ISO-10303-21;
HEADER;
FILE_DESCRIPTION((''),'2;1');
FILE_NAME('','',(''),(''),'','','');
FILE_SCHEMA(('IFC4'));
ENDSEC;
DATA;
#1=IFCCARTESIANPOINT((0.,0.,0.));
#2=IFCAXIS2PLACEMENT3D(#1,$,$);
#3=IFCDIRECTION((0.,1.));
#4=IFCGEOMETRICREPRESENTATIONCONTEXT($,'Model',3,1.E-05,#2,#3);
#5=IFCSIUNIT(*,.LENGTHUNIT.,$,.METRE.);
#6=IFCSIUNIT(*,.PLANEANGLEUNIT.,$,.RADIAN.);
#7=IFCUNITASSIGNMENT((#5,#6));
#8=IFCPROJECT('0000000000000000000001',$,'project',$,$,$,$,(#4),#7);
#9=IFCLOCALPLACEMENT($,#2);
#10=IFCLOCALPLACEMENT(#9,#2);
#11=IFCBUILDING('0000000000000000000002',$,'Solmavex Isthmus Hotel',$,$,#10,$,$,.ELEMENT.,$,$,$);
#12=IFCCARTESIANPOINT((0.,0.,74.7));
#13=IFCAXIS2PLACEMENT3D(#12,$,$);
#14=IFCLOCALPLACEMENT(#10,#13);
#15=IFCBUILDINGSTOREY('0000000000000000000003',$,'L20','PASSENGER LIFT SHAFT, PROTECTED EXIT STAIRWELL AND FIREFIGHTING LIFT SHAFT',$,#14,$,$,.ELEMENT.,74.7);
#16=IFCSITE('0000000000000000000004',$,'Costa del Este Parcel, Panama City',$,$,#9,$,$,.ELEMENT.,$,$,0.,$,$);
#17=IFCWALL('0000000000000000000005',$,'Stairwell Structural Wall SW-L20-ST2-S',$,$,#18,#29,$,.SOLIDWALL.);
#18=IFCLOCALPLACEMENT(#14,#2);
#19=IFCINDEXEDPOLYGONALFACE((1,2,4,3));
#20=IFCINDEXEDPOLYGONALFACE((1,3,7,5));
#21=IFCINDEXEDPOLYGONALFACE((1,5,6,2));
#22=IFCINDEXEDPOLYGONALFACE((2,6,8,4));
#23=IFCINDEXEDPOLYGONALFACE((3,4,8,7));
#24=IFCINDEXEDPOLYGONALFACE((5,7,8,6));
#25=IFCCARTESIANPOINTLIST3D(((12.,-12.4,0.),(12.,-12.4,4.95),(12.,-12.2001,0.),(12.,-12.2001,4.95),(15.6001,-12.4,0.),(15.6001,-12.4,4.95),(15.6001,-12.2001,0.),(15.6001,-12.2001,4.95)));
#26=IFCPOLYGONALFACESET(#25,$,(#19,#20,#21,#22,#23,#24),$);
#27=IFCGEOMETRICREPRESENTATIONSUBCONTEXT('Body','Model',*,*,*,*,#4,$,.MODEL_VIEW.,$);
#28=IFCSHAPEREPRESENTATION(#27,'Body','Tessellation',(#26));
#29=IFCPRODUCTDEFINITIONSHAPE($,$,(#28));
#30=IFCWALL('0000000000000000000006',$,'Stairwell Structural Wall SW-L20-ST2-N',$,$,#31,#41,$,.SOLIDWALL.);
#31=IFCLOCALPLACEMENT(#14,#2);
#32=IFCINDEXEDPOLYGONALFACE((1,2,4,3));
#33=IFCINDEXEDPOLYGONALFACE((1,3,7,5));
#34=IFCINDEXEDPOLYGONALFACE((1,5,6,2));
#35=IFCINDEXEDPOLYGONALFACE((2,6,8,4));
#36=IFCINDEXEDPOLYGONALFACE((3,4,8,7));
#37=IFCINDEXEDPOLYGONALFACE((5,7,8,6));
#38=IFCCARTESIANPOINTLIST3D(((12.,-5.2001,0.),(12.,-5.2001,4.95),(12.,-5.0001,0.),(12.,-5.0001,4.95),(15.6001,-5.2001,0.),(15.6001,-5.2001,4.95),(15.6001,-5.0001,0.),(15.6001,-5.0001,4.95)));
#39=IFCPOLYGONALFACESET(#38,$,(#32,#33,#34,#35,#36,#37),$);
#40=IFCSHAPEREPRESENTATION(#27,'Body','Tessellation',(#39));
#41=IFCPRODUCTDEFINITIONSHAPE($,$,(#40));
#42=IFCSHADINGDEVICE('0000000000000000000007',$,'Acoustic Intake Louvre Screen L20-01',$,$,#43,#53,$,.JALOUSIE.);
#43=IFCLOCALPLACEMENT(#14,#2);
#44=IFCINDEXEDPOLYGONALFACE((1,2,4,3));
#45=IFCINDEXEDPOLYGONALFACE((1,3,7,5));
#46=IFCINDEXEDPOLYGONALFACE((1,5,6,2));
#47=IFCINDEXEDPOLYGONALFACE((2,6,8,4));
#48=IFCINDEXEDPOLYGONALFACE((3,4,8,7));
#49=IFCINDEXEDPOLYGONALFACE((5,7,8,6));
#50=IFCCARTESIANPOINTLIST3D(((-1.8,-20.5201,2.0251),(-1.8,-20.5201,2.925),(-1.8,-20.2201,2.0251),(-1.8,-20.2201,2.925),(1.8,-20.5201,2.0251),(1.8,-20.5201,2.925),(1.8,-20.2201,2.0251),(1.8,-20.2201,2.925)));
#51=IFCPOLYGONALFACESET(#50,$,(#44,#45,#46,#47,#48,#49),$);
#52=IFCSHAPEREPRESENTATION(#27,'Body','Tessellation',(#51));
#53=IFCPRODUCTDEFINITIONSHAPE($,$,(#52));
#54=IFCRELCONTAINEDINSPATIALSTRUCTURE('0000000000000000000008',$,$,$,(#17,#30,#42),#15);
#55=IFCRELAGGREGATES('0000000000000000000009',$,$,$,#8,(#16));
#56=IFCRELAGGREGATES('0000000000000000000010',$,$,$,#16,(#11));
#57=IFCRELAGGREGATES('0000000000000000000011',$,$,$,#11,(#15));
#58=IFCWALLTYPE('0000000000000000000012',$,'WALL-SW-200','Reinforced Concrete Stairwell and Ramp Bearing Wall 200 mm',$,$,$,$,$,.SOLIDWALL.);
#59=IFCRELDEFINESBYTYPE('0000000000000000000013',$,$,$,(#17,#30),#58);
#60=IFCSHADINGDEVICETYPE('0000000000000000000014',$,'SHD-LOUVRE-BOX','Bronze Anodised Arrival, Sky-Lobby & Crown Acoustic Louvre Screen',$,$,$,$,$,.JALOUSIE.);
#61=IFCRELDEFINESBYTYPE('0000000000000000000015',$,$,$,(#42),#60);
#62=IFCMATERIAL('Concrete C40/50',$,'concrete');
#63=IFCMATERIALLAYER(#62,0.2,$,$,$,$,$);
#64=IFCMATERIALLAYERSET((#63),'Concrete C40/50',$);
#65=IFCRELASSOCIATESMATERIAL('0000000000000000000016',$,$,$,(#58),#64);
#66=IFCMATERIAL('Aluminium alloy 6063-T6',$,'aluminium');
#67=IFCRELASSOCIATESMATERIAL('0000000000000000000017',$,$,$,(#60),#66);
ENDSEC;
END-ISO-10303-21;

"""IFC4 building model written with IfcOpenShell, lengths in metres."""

from ifc_helpers import new_model, si_unit, direction, frame, frame_2d, origin, origin_2d, place, context, subcontext, project, spatial, rectangle, extrude, material, layer, layer_set, type_object, element, save


model = new_model("IFC4")

# Units and contexts
model_context = context("Model", 3, precision=1e-05, world=origin(), true_north=direction((0.0, 1.0)))
body_context = subcontext(model_context, "Body", "Model", "MODEL_VIEW")
ifc_project = project(units=[si_unit("LENGTHUNIT", "METRE"), si_unit("PLANEANGLEUNIT", "RADIAN")], contexts=[model_context])

# Site, building, storey
site_placement = place(None, origin())
site = spatial("IfcSite", under=ifc_project, at=site_placement, Name="Costa del Este Parcel, Panama City", CompositionType="ELEMENT", RefElevation=0.0)
building_placement = place(site_placement, origin())
building = spatial("IfcBuilding", under=site, at=building_placement, Name="Solmavex Isthmus Hotel", CompositionType="ELEMENT")
storey_placement = place(building_placement, frame((0.0, 0.0, 74.7)))
storey = spatial("IfcBuildingStorey", under=building, at=storey_placement, Name="L20", Description="PASSENGER LIFT SHAFT, PROTECTED EXIT STAIRWELL AND FIREFIGHTING LIFT SHAFT", CompositionType="ELEMENT", Elevation=74.7)

# Shared definitions
ifc_material_1 = material(Name="Concrete C40/50", Category="concrete")

# Walls
ifc_layer_1 = layer(ifc_material_1, 0.2)
ifc_layer_set_1 = layer_set([ifc_layer_1], Name="Concrete C40/50")
wall_type_1 = type_object("IfcWallType", Name="WALL-SW-200", Description="Reinforced Concrete Stairwell and Ramp Bearing Wall 200 mm", PredefinedType="SOLIDWALL", material=ifc_layer_set_1)
for number, where, z_axis, x_axis, name in (
    (1, (12.0, -12.3, 0.0), (0.0, 0.0, 1.0), (1.0, 0.0, 0.0), "Stairwell Structural Wall SW-L20-ST2-S"),
    (2, (12.0, -5.1001, 0.0), (0.0, 0.0, 1.0), (1.0, 0.0, 0.0), "Stairwell Structural Wall SW-L20-ST2-N"),
):
    element("IfcWall", number, at=place(storey_placement, frame(where, z_axis=z_axis, x_axis=x_axis)), inside=storey, type_object=wall_type_1, Name=name, PredefinedType="SOLIDWALL", context=body_context, shape_type="SweptSolid", body=[
        extrude(rectangle(XDim=3.6001, YDim=0.2, at=frame_2d((1.8, 0.0))), origin(), (0.0, 0.0, 1.0), 4.95),
    ])

# Shading device
ifc_material_2 = material(Name="Aluminium alloy 6063-T6", Category="aluminium")
shading_device_type = type_object("IfcShadingDeviceType", Name="SHD-LOUVRE-BOX", Description="Bronze Anodised Arrival, Sky-Lobby & Crown Acoustic Louvre Screen", PredefinedType="JALOUSIE", material=ifc_material_2)
shading_device_placement = place(storey_placement, frame((0.0, -20.3701, 2.0251), z_axis=(0.0, 0.0, 1.0), x_axis=(-1.0, 0.0, 0.0)))
element("IfcShadingDevice", 3, at=shading_device_placement, inside=storey, type_object=shading_device_type, Name="Acoustic Intake Louvre Screen L20-01", PredefinedType="JALOUSIE", context=body_context, shape_type="SweptSolid", body=[
    extrude(rectangle(XDim=3.6001, YDim=0.3, at=origin_2d()), origin(), (0.0, 0.0, 1.0), 0.8999),
])

save(model, "model.ifc")
